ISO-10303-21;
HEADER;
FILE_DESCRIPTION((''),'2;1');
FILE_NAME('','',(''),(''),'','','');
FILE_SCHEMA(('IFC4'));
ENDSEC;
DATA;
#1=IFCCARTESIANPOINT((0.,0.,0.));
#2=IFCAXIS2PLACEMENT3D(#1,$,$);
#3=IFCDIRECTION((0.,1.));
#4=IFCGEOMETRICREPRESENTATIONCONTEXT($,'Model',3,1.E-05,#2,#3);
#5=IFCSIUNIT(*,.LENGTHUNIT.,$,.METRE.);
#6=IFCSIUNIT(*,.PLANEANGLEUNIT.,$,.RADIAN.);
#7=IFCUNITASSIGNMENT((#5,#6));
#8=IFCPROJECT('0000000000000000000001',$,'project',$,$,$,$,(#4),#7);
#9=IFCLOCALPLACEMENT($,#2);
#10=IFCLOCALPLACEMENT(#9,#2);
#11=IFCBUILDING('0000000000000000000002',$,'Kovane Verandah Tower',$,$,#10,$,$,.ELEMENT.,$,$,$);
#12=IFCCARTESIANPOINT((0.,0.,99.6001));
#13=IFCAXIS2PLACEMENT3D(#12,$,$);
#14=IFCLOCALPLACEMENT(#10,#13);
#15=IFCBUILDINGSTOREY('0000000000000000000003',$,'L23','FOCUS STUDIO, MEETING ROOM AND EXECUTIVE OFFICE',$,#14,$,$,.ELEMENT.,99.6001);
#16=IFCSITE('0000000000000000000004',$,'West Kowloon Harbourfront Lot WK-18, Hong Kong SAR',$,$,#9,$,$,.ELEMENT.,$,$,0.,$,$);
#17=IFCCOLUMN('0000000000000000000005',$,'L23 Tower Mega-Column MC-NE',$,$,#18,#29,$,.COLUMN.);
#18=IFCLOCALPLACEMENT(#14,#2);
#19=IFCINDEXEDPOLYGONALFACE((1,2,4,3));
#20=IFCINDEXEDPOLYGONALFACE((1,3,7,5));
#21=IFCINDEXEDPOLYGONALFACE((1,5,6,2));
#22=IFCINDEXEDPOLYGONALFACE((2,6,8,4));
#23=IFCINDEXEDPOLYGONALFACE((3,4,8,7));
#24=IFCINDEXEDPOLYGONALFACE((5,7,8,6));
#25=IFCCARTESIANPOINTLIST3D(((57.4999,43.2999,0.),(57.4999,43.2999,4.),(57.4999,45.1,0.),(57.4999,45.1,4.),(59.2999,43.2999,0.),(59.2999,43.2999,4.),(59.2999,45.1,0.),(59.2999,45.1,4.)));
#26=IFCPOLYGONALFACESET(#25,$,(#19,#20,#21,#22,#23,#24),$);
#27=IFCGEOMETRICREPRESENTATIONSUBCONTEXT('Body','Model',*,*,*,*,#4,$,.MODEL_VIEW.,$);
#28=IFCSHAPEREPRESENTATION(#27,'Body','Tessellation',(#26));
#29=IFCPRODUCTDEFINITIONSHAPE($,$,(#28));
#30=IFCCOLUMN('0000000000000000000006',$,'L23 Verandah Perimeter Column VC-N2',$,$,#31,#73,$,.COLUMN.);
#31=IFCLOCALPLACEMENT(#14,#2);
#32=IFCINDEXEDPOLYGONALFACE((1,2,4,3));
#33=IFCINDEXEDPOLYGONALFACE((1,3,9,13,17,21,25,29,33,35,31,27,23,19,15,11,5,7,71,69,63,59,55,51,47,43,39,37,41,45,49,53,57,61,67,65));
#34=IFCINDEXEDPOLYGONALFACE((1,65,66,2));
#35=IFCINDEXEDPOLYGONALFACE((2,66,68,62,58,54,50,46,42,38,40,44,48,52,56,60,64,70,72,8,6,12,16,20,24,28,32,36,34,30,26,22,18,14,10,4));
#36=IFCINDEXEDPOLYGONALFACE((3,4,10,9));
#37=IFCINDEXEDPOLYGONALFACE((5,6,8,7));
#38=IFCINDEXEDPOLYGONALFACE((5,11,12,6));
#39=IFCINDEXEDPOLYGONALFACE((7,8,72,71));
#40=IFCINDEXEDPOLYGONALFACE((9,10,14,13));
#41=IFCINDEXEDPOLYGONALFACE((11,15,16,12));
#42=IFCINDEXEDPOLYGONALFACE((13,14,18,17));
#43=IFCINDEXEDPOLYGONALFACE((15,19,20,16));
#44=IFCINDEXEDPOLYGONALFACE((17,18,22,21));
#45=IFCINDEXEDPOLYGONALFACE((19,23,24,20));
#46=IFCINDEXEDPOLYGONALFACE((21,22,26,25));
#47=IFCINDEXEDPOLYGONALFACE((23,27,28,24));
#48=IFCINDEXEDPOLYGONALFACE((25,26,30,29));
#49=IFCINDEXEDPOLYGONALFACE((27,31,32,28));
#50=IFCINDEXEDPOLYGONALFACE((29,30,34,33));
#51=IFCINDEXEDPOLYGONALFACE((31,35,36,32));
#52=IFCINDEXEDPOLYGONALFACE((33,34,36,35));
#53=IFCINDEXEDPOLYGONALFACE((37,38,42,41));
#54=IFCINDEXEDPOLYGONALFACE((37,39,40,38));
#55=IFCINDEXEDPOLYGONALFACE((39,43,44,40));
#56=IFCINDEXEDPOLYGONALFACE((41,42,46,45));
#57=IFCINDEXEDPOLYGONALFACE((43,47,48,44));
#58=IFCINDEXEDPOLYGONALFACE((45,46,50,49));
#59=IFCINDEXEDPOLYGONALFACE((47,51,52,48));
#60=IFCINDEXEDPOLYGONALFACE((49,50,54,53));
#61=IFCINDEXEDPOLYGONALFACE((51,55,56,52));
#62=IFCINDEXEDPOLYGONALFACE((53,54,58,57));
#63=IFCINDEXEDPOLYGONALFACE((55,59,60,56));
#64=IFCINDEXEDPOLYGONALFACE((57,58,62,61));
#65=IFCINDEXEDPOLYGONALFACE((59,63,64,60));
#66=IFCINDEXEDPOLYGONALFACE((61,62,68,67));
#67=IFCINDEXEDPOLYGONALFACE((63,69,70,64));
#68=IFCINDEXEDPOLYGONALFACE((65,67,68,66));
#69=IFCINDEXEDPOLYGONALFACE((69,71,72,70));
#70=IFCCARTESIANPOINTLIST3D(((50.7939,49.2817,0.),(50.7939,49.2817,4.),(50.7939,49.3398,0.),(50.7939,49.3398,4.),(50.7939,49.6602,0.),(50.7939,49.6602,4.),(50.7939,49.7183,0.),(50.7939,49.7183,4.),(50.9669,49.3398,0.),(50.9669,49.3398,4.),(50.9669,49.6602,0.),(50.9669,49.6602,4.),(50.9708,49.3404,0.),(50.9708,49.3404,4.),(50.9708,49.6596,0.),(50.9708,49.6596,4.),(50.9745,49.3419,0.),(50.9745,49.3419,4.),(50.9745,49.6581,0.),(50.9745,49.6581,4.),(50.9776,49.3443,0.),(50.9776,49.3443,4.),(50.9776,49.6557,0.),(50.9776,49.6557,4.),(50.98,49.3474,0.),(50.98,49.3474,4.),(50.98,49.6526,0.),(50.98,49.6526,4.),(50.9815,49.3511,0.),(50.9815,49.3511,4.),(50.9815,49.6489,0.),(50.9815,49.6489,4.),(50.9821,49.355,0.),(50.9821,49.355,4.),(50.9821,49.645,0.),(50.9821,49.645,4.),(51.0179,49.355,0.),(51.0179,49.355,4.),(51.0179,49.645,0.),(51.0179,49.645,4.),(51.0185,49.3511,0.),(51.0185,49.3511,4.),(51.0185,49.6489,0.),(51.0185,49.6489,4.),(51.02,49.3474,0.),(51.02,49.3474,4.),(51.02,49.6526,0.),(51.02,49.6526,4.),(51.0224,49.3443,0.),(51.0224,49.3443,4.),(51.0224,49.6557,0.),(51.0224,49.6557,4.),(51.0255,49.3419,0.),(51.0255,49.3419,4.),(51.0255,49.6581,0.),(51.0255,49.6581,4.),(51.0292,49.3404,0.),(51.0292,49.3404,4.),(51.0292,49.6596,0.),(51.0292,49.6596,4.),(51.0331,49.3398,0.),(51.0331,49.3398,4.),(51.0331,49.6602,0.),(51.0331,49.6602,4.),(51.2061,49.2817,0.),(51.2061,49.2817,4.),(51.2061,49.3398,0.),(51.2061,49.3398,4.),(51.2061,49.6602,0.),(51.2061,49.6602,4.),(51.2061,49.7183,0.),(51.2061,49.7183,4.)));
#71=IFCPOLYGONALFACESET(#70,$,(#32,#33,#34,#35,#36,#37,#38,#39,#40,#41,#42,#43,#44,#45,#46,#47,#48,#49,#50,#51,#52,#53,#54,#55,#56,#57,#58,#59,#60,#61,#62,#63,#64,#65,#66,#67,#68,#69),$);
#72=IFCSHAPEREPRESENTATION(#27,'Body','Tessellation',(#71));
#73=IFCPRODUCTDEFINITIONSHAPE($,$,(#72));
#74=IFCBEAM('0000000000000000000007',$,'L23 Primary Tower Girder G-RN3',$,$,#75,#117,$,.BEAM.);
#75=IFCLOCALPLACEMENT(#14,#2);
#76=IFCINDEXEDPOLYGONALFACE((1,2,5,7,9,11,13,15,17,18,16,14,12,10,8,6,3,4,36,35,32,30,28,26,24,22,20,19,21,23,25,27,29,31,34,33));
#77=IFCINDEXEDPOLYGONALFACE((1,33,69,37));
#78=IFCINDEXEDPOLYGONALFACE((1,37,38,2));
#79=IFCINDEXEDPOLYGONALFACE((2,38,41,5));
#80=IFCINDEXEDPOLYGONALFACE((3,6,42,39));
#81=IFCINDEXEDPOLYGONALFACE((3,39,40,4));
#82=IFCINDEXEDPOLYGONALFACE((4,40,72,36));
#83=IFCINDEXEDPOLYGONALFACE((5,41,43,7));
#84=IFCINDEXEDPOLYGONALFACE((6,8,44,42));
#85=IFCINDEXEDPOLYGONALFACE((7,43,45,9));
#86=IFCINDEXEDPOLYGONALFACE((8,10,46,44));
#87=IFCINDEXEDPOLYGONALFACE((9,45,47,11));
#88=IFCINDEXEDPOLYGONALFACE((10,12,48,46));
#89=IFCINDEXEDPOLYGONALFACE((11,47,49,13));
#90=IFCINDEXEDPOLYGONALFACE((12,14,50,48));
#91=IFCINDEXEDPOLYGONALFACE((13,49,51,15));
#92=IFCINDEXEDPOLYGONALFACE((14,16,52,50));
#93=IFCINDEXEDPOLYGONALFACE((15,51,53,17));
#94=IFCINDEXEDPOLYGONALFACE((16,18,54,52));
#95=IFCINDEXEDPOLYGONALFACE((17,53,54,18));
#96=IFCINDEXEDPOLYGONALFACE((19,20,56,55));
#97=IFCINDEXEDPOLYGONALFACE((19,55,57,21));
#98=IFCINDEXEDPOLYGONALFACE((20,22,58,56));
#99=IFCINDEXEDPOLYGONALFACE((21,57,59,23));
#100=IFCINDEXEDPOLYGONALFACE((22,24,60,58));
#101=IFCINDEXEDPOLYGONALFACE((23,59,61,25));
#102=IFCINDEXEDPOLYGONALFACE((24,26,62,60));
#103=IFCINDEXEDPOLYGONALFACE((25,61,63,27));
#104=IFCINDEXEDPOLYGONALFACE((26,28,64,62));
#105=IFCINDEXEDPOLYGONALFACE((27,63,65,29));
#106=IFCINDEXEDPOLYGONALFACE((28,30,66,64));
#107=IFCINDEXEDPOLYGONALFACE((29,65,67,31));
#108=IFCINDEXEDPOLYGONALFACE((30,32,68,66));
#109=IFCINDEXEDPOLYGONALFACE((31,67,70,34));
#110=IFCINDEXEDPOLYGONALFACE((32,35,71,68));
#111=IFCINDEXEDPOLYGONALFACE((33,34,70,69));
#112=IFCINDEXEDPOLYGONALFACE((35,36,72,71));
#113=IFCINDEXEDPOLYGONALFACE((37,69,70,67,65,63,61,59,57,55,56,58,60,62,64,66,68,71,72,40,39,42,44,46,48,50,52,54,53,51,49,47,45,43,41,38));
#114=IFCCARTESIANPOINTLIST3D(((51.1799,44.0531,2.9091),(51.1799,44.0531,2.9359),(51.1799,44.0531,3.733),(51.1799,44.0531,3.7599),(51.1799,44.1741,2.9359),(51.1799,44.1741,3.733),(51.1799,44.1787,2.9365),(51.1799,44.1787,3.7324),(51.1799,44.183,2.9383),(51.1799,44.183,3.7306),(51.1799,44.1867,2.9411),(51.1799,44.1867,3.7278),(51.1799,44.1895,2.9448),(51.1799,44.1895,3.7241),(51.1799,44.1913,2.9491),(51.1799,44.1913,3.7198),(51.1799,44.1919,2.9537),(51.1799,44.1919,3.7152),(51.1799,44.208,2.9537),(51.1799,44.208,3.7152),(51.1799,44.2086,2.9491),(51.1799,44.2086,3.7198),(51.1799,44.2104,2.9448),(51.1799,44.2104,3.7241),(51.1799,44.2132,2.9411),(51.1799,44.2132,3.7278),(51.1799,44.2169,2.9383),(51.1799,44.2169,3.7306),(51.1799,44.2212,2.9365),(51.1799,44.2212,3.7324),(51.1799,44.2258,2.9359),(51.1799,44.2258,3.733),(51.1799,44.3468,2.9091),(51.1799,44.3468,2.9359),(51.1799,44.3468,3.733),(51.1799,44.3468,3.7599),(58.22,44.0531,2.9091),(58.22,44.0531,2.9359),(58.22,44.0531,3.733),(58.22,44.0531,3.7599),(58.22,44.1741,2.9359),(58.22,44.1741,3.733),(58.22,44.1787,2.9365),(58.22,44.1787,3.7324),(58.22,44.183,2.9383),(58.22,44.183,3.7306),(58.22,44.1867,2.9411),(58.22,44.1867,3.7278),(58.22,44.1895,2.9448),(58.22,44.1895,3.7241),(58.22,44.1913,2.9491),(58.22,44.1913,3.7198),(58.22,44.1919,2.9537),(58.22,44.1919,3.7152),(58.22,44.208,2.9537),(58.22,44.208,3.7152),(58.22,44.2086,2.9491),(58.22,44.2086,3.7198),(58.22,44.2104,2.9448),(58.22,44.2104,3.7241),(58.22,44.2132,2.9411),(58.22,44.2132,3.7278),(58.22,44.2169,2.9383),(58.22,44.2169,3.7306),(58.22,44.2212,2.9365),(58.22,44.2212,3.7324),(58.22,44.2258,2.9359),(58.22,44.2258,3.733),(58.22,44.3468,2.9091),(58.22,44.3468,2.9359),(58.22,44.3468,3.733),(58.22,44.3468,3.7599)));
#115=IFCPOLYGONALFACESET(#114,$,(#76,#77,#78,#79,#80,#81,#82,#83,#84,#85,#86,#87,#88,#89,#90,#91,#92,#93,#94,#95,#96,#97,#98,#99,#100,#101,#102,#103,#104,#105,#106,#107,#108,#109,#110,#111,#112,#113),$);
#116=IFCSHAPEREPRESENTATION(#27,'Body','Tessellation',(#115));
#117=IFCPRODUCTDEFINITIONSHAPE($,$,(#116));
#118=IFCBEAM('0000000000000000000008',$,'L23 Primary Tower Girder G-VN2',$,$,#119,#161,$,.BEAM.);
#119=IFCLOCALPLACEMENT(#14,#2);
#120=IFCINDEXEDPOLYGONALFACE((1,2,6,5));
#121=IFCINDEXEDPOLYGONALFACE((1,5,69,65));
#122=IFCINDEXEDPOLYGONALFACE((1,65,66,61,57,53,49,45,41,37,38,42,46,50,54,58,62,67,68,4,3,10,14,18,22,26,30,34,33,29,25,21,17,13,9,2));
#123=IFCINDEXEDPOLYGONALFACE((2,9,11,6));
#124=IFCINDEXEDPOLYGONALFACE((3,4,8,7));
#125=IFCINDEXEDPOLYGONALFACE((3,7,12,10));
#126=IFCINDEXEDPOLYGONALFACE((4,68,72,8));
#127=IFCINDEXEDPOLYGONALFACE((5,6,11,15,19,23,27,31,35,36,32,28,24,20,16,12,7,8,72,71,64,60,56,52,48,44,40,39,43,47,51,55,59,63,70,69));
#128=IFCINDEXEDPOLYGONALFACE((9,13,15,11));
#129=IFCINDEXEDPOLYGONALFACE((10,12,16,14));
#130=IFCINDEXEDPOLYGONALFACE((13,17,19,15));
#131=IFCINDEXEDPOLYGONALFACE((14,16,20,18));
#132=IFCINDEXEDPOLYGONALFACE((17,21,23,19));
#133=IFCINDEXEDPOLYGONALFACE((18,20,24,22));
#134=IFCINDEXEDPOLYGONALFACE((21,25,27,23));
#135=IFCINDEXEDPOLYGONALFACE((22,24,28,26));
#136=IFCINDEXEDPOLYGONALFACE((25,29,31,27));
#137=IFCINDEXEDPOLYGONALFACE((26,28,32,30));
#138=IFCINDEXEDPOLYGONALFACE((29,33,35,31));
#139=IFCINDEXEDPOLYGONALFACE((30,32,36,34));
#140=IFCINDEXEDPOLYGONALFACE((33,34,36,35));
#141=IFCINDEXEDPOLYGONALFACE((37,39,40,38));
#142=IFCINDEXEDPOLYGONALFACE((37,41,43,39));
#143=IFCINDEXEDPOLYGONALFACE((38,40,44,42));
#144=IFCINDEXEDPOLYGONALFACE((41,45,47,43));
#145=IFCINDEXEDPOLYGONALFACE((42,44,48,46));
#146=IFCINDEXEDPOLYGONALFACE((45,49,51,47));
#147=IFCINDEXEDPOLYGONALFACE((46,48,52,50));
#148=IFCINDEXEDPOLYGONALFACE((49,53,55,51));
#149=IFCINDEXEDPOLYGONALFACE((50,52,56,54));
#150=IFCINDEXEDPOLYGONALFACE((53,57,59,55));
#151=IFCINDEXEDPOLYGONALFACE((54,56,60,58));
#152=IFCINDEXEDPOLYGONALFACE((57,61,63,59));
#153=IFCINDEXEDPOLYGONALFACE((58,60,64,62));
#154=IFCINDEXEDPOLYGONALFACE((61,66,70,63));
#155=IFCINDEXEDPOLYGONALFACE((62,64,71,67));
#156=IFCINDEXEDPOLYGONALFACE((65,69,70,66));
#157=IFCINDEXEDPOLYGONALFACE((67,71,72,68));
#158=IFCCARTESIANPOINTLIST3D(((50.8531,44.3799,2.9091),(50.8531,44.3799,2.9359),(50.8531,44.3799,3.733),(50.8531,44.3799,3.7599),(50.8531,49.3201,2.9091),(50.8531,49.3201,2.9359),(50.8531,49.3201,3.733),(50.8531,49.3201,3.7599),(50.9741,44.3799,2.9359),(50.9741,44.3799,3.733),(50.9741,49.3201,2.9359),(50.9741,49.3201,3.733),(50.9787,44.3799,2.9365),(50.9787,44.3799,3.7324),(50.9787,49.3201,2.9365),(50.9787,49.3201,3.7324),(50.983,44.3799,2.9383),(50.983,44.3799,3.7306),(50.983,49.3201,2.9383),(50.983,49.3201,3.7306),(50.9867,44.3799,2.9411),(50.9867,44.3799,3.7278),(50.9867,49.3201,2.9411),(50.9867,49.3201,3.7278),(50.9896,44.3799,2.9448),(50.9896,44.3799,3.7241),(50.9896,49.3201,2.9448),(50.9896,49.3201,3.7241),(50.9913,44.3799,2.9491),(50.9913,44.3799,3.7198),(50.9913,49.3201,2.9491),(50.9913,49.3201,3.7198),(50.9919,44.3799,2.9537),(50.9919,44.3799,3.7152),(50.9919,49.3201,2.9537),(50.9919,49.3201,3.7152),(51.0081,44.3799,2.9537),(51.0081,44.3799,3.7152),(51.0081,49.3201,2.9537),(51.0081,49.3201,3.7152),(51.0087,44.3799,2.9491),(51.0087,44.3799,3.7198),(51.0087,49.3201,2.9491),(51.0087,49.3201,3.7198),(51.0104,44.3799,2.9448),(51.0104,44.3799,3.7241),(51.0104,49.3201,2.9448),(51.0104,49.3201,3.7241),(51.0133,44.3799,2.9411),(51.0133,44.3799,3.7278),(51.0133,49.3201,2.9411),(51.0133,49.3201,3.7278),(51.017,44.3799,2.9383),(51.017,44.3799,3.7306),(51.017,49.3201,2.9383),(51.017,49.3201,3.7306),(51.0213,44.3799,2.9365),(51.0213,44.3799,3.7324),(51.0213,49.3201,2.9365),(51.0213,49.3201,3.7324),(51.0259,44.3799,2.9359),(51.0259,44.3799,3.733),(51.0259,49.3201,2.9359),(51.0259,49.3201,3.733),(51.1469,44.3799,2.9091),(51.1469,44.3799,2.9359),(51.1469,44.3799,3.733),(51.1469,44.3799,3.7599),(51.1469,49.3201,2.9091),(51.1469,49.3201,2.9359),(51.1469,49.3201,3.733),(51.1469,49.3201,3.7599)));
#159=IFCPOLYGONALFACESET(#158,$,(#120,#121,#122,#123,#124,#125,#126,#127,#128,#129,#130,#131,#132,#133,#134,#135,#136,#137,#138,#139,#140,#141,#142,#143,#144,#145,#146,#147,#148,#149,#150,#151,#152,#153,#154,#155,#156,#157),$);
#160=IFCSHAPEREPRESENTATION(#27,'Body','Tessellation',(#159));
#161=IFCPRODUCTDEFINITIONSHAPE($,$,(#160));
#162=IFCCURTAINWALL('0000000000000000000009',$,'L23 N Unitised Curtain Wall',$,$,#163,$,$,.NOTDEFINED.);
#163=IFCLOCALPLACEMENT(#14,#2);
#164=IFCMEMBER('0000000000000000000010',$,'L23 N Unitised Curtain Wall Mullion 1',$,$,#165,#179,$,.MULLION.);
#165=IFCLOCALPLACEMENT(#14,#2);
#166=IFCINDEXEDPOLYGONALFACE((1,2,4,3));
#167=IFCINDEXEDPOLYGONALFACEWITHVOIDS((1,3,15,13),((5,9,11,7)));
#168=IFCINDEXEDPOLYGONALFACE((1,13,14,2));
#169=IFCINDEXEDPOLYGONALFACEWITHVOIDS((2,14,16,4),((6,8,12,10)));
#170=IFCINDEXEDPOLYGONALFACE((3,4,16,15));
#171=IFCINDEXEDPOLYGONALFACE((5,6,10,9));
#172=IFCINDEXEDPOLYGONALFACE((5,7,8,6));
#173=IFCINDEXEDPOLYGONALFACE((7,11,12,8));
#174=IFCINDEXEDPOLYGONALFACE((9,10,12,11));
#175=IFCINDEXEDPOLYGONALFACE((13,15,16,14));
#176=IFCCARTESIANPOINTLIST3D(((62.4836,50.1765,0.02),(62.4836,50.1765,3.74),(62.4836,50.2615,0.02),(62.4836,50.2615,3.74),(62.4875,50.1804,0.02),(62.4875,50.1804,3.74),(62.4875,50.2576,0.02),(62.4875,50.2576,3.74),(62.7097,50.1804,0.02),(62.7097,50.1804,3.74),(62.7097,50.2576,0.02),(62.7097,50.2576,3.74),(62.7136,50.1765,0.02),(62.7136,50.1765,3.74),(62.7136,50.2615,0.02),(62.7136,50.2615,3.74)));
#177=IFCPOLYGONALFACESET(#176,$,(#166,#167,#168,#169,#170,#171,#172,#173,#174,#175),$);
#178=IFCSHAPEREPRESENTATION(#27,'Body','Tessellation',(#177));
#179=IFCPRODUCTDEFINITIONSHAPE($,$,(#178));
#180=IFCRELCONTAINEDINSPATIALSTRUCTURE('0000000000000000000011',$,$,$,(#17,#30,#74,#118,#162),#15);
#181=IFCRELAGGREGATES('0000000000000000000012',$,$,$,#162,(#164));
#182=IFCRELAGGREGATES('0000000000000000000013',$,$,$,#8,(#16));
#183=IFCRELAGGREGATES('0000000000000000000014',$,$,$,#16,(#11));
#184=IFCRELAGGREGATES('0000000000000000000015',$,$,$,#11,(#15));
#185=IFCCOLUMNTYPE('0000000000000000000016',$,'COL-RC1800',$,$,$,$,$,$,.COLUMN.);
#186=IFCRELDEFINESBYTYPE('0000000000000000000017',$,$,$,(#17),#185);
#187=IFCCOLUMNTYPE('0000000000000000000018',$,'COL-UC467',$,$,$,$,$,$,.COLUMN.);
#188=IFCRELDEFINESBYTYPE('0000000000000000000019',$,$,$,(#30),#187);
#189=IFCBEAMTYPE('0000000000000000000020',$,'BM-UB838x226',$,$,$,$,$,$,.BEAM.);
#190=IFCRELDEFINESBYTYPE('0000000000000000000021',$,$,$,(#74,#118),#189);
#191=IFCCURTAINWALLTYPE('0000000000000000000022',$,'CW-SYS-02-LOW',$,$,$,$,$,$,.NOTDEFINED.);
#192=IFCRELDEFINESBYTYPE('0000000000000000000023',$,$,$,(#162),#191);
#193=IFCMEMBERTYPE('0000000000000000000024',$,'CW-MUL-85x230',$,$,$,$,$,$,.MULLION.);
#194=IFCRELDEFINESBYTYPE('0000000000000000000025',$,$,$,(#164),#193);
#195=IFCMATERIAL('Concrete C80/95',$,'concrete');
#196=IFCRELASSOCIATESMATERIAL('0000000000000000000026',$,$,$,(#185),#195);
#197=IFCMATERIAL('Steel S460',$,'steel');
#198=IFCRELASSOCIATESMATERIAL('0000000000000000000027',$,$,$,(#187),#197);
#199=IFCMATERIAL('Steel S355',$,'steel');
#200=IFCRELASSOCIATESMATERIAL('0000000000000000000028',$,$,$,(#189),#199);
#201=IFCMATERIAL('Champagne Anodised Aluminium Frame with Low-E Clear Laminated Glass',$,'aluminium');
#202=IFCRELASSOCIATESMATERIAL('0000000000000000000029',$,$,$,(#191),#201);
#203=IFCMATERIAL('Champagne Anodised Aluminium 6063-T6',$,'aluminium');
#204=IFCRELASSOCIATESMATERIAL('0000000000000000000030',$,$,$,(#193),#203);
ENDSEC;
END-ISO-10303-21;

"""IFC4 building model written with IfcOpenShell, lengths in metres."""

from ifc_helpers import new_model, si_unit, direction, frame, origin, origin_2d, place, context, subcontext, project, spatial, rectangle, hollow_rectangle, i_section, extrude, material, material_profile, profile_set, type_object, element, aggregate, save


model = new_model("IFC4")

# Units and contexts
model_context = context("Model", 3, precision=1e-05, world=origin(), true_north=direction((0.0, 1.0)))
body_context = subcontext(model_context, "Body", "Model", "MODEL_VIEW")
ifc_project = project(units=[si_unit("LENGTHUNIT", "METRE"), si_unit("PLANEANGLEUNIT", "RADIAN")], contexts=[model_context])

# Site, building, storey
site_placement = place(None, origin())
site = spatial("IfcSite", under=ifc_project, at=site_placement, Name="West Kowloon Harbourfront Lot WK-18, Hong Kong SAR", CompositionType="ELEMENT", RefElevation=0.0)
building_placement = place(site_placement, origin())
building = spatial("IfcBuilding", under=site, at=building_placement, Name="Kovane Verandah Tower", CompositionType="ELEMENT")
storey_placement = place(building_placement, frame((0.0, 0.0, 99.6001)))
storey = spatial("IfcBuildingStorey", under=building, at=storey_placement, Name="L23", Description="FOCUS STUDIO, MEETING ROOM AND EXECUTIVE OFFICE", CompositionType="ELEMENT", Elevation=99.6001)

# Columns
ifc_material_1 = material(Name="Concrete C80/95", Category="concrete")
ifc_material_profile_1 = material_profile(ifc_material_1, rectangle(XDim=1.8, YDim=1.8, at=origin_2d()), Name="RC1800x1800")
ifc_profile_set_1 = profile_set([ifc_material_profile_1], Name="Concrete C80/95")
column_type_1 = type_object("IfcColumnType", Name="COL-RC1800", PredefinedType="COLUMN", material=ifc_profile_set_1)
column_1_placement = place(storey_placement, frame((58.3999, 44.2, 0.0), z_axis=(0.0, 0.0, 1.0), x_axis=(1.0, 0.0, 0.0)))
element("IfcColumn", 1, at=column_1_placement, inside=storey, type_object=column_type_1, Name="L23 Tower Mega-Column MC-NE", PredefinedType="COLUMN", context=body_context, shape_type="SweptSolid", body=[
    extrude(rectangle(XDim=1.8, YDim=1.8, at=origin_2d()), origin(), (0.0, 0.0, 1.0), 4.0),
])
ifc_material_2 = material(Name="Steel S460", Category="steel")
ifc_material_profile_2 = material_profile(ifc_material_2, i_section(OverallWidth=0.4121, OverallDepth=0.4365, WebThickness=0.0359, FlangeThickness=0.0581, FilletRadius=0.0151, at=origin_2d()), Name="UC356x406x467")
ifc_profile_set_2 = profile_set([ifc_material_profile_2], Name="Steel S460")
column_type_2 = type_object("IfcColumnType", Name="COL-UC467", PredefinedType="COLUMN", material=ifc_profile_set_2)
column_2_placement = place(storey_placement, frame((51.0, 49.5, 0.0), z_axis=(0.0, 0.0, 1.0), x_axis=(1.0, 0.0, 0.0)))
element("IfcColumn", 2, at=column_2_placement, inside=storey, type_object=column_type_2, Name="L23 Verandah Perimeter Column VC-N2", PredefinedType="COLUMN", context=body_context, shape_type="SweptSolid", body=[
    extrude(i_section(OverallWidth=0.4121, OverallDepth=0.4365, WebThickness=0.0359, FlangeThickness=0.0581, FilletRadius=0.0151, at=origin_2d()), origin(), (0.0, 0.0, 1.0), 4.0),
])

# Beams
ifc_material_3 = material(Name="Steel S355", Category="steel")
ifc_material_profile_3 = material_profile(ifc_material_3, i_section(OverallWidth=0.2937, OverallDepth=0.8508, WebThickness=0.0161, FlangeThickness=0.0269, FilletRadius=0.0178, at=origin_2d()), Name="UB838x292x226")
ifc_profile_set_3 = profile_set([ifc_material_profile_3], Name="Steel S355")
beam_type = type_object("IfcBeamType", Name="BM-UB838x226", PredefinedType="BEAM", material=ifc_profile_set_3)
beam_1_placement = place(storey_placement, frame((51.1799, 44.2, 3.3345), z_axis=(1.0, 0.0, 0.0), x_axis=(0.0, 1.0, 0.0)))
element("IfcBeam", 3, at=beam_1_placement, inside=storey, type_object=beam_type, Name="L23 Primary Tower Girder G-RN3", PredefinedType="BEAM", context=body_context, shape_type="SweptSolid", body=[
    extrude(i_section(OverallWidth=0.2937, OverallDepth=0.8508, WebThickness=0.0161, FlangeThickness=0.0269, FilletRadius=0.0178, at=origin_2d()), origin(), (0.0, 0.0, 1.0), 7.04),
])
beam_2_placement = place(storey_placement, frame((51.0, 44.3799, 3.3345), z_axis=(0.0, 1.0, 0.0), x_axis=(-1.0, 0.0, 0.0)))
element("IfcBeam", 4, at=beam_2_placement, inside=storey, type_object=beam_type, Name="L23 Primary Tower Girder G-VN2", PredefinedType="BEAM", context=body_context, shape_type="SweptSolid", body=[
    extrude(i_section(OverallWidth=0.2937, OverallDepth=0.8508, WebThickness=0.0161, FlangeThickness=0.0269, FilletRadius=0.0178, at=origin_2d()), origin(), (0.0, 0.0, 1.0), 4.9402),
])

# Curtain wall, member
ifc_material_4 = material(Name="Champagne Anodised Aluminium Frame with Low-E Clear Laminated Glass", Category="aluminium")
curtain_wall_type = type_object("IfcCurtainWallType", Name="CW-SYS-02-LOW", PredefinedType="NOTDEFINED", material=ifc_material_4)
curtain_wall_placement = place(storey_placement, origin())
curtain_wall = element("IfcCurtainWall", 5, at=curtain_wall_placement, inside=storey, type_object=curtain_wall_type, Name="L23 N Unitised Curtain Wall", PredefinedType="NOTDEFINED")
ifc_material_5 = material(Name="Champagne Anodised Aluminium 6063-T6", Category="aluminium")
ifc_material_profile_4 = material_profile(ifc_material_5, hollow_rectangle(XDim=0.085, YDim=0.23, WallThickness=0.0039, at=origin_2d()), Name="AL85x230x4")
ifc_profile_set_4 = profile_set([ifc_material_profile_4], Name="Champagne Anodised Aluminium 6063-T6")
member_type_1 = type_object("IfcMemberType", Name="CW-MUL-85x230", PredefinedType="MULLION", material=ifc_profile_set_4)
member_1_placement = place(storey_placement, frame((62.5986, 50.219, 0.02), z_axis=(0.0, 0.0, 1.0), x_axis=(0.0, 1.0, 0.0)))
member_1 = element("IfcMember", 6, at=member_1_placement, type_object=member_type_1, Name="L23 N Unitised Curtain Wall Mullion 1", PredefinedType="MULLION", context=body_context, shape_type="SweptSolid", body=[
    extrude(hollow_rectangle(XDim=0.085, YDim=0.23, WallThickness=0.0039, at=origin_2d()), origin(), (0.0, 0.0, 1.0), 3.72),
])
aggregate(curtain_wall, [member_1])

save(model, "model.ifc")
